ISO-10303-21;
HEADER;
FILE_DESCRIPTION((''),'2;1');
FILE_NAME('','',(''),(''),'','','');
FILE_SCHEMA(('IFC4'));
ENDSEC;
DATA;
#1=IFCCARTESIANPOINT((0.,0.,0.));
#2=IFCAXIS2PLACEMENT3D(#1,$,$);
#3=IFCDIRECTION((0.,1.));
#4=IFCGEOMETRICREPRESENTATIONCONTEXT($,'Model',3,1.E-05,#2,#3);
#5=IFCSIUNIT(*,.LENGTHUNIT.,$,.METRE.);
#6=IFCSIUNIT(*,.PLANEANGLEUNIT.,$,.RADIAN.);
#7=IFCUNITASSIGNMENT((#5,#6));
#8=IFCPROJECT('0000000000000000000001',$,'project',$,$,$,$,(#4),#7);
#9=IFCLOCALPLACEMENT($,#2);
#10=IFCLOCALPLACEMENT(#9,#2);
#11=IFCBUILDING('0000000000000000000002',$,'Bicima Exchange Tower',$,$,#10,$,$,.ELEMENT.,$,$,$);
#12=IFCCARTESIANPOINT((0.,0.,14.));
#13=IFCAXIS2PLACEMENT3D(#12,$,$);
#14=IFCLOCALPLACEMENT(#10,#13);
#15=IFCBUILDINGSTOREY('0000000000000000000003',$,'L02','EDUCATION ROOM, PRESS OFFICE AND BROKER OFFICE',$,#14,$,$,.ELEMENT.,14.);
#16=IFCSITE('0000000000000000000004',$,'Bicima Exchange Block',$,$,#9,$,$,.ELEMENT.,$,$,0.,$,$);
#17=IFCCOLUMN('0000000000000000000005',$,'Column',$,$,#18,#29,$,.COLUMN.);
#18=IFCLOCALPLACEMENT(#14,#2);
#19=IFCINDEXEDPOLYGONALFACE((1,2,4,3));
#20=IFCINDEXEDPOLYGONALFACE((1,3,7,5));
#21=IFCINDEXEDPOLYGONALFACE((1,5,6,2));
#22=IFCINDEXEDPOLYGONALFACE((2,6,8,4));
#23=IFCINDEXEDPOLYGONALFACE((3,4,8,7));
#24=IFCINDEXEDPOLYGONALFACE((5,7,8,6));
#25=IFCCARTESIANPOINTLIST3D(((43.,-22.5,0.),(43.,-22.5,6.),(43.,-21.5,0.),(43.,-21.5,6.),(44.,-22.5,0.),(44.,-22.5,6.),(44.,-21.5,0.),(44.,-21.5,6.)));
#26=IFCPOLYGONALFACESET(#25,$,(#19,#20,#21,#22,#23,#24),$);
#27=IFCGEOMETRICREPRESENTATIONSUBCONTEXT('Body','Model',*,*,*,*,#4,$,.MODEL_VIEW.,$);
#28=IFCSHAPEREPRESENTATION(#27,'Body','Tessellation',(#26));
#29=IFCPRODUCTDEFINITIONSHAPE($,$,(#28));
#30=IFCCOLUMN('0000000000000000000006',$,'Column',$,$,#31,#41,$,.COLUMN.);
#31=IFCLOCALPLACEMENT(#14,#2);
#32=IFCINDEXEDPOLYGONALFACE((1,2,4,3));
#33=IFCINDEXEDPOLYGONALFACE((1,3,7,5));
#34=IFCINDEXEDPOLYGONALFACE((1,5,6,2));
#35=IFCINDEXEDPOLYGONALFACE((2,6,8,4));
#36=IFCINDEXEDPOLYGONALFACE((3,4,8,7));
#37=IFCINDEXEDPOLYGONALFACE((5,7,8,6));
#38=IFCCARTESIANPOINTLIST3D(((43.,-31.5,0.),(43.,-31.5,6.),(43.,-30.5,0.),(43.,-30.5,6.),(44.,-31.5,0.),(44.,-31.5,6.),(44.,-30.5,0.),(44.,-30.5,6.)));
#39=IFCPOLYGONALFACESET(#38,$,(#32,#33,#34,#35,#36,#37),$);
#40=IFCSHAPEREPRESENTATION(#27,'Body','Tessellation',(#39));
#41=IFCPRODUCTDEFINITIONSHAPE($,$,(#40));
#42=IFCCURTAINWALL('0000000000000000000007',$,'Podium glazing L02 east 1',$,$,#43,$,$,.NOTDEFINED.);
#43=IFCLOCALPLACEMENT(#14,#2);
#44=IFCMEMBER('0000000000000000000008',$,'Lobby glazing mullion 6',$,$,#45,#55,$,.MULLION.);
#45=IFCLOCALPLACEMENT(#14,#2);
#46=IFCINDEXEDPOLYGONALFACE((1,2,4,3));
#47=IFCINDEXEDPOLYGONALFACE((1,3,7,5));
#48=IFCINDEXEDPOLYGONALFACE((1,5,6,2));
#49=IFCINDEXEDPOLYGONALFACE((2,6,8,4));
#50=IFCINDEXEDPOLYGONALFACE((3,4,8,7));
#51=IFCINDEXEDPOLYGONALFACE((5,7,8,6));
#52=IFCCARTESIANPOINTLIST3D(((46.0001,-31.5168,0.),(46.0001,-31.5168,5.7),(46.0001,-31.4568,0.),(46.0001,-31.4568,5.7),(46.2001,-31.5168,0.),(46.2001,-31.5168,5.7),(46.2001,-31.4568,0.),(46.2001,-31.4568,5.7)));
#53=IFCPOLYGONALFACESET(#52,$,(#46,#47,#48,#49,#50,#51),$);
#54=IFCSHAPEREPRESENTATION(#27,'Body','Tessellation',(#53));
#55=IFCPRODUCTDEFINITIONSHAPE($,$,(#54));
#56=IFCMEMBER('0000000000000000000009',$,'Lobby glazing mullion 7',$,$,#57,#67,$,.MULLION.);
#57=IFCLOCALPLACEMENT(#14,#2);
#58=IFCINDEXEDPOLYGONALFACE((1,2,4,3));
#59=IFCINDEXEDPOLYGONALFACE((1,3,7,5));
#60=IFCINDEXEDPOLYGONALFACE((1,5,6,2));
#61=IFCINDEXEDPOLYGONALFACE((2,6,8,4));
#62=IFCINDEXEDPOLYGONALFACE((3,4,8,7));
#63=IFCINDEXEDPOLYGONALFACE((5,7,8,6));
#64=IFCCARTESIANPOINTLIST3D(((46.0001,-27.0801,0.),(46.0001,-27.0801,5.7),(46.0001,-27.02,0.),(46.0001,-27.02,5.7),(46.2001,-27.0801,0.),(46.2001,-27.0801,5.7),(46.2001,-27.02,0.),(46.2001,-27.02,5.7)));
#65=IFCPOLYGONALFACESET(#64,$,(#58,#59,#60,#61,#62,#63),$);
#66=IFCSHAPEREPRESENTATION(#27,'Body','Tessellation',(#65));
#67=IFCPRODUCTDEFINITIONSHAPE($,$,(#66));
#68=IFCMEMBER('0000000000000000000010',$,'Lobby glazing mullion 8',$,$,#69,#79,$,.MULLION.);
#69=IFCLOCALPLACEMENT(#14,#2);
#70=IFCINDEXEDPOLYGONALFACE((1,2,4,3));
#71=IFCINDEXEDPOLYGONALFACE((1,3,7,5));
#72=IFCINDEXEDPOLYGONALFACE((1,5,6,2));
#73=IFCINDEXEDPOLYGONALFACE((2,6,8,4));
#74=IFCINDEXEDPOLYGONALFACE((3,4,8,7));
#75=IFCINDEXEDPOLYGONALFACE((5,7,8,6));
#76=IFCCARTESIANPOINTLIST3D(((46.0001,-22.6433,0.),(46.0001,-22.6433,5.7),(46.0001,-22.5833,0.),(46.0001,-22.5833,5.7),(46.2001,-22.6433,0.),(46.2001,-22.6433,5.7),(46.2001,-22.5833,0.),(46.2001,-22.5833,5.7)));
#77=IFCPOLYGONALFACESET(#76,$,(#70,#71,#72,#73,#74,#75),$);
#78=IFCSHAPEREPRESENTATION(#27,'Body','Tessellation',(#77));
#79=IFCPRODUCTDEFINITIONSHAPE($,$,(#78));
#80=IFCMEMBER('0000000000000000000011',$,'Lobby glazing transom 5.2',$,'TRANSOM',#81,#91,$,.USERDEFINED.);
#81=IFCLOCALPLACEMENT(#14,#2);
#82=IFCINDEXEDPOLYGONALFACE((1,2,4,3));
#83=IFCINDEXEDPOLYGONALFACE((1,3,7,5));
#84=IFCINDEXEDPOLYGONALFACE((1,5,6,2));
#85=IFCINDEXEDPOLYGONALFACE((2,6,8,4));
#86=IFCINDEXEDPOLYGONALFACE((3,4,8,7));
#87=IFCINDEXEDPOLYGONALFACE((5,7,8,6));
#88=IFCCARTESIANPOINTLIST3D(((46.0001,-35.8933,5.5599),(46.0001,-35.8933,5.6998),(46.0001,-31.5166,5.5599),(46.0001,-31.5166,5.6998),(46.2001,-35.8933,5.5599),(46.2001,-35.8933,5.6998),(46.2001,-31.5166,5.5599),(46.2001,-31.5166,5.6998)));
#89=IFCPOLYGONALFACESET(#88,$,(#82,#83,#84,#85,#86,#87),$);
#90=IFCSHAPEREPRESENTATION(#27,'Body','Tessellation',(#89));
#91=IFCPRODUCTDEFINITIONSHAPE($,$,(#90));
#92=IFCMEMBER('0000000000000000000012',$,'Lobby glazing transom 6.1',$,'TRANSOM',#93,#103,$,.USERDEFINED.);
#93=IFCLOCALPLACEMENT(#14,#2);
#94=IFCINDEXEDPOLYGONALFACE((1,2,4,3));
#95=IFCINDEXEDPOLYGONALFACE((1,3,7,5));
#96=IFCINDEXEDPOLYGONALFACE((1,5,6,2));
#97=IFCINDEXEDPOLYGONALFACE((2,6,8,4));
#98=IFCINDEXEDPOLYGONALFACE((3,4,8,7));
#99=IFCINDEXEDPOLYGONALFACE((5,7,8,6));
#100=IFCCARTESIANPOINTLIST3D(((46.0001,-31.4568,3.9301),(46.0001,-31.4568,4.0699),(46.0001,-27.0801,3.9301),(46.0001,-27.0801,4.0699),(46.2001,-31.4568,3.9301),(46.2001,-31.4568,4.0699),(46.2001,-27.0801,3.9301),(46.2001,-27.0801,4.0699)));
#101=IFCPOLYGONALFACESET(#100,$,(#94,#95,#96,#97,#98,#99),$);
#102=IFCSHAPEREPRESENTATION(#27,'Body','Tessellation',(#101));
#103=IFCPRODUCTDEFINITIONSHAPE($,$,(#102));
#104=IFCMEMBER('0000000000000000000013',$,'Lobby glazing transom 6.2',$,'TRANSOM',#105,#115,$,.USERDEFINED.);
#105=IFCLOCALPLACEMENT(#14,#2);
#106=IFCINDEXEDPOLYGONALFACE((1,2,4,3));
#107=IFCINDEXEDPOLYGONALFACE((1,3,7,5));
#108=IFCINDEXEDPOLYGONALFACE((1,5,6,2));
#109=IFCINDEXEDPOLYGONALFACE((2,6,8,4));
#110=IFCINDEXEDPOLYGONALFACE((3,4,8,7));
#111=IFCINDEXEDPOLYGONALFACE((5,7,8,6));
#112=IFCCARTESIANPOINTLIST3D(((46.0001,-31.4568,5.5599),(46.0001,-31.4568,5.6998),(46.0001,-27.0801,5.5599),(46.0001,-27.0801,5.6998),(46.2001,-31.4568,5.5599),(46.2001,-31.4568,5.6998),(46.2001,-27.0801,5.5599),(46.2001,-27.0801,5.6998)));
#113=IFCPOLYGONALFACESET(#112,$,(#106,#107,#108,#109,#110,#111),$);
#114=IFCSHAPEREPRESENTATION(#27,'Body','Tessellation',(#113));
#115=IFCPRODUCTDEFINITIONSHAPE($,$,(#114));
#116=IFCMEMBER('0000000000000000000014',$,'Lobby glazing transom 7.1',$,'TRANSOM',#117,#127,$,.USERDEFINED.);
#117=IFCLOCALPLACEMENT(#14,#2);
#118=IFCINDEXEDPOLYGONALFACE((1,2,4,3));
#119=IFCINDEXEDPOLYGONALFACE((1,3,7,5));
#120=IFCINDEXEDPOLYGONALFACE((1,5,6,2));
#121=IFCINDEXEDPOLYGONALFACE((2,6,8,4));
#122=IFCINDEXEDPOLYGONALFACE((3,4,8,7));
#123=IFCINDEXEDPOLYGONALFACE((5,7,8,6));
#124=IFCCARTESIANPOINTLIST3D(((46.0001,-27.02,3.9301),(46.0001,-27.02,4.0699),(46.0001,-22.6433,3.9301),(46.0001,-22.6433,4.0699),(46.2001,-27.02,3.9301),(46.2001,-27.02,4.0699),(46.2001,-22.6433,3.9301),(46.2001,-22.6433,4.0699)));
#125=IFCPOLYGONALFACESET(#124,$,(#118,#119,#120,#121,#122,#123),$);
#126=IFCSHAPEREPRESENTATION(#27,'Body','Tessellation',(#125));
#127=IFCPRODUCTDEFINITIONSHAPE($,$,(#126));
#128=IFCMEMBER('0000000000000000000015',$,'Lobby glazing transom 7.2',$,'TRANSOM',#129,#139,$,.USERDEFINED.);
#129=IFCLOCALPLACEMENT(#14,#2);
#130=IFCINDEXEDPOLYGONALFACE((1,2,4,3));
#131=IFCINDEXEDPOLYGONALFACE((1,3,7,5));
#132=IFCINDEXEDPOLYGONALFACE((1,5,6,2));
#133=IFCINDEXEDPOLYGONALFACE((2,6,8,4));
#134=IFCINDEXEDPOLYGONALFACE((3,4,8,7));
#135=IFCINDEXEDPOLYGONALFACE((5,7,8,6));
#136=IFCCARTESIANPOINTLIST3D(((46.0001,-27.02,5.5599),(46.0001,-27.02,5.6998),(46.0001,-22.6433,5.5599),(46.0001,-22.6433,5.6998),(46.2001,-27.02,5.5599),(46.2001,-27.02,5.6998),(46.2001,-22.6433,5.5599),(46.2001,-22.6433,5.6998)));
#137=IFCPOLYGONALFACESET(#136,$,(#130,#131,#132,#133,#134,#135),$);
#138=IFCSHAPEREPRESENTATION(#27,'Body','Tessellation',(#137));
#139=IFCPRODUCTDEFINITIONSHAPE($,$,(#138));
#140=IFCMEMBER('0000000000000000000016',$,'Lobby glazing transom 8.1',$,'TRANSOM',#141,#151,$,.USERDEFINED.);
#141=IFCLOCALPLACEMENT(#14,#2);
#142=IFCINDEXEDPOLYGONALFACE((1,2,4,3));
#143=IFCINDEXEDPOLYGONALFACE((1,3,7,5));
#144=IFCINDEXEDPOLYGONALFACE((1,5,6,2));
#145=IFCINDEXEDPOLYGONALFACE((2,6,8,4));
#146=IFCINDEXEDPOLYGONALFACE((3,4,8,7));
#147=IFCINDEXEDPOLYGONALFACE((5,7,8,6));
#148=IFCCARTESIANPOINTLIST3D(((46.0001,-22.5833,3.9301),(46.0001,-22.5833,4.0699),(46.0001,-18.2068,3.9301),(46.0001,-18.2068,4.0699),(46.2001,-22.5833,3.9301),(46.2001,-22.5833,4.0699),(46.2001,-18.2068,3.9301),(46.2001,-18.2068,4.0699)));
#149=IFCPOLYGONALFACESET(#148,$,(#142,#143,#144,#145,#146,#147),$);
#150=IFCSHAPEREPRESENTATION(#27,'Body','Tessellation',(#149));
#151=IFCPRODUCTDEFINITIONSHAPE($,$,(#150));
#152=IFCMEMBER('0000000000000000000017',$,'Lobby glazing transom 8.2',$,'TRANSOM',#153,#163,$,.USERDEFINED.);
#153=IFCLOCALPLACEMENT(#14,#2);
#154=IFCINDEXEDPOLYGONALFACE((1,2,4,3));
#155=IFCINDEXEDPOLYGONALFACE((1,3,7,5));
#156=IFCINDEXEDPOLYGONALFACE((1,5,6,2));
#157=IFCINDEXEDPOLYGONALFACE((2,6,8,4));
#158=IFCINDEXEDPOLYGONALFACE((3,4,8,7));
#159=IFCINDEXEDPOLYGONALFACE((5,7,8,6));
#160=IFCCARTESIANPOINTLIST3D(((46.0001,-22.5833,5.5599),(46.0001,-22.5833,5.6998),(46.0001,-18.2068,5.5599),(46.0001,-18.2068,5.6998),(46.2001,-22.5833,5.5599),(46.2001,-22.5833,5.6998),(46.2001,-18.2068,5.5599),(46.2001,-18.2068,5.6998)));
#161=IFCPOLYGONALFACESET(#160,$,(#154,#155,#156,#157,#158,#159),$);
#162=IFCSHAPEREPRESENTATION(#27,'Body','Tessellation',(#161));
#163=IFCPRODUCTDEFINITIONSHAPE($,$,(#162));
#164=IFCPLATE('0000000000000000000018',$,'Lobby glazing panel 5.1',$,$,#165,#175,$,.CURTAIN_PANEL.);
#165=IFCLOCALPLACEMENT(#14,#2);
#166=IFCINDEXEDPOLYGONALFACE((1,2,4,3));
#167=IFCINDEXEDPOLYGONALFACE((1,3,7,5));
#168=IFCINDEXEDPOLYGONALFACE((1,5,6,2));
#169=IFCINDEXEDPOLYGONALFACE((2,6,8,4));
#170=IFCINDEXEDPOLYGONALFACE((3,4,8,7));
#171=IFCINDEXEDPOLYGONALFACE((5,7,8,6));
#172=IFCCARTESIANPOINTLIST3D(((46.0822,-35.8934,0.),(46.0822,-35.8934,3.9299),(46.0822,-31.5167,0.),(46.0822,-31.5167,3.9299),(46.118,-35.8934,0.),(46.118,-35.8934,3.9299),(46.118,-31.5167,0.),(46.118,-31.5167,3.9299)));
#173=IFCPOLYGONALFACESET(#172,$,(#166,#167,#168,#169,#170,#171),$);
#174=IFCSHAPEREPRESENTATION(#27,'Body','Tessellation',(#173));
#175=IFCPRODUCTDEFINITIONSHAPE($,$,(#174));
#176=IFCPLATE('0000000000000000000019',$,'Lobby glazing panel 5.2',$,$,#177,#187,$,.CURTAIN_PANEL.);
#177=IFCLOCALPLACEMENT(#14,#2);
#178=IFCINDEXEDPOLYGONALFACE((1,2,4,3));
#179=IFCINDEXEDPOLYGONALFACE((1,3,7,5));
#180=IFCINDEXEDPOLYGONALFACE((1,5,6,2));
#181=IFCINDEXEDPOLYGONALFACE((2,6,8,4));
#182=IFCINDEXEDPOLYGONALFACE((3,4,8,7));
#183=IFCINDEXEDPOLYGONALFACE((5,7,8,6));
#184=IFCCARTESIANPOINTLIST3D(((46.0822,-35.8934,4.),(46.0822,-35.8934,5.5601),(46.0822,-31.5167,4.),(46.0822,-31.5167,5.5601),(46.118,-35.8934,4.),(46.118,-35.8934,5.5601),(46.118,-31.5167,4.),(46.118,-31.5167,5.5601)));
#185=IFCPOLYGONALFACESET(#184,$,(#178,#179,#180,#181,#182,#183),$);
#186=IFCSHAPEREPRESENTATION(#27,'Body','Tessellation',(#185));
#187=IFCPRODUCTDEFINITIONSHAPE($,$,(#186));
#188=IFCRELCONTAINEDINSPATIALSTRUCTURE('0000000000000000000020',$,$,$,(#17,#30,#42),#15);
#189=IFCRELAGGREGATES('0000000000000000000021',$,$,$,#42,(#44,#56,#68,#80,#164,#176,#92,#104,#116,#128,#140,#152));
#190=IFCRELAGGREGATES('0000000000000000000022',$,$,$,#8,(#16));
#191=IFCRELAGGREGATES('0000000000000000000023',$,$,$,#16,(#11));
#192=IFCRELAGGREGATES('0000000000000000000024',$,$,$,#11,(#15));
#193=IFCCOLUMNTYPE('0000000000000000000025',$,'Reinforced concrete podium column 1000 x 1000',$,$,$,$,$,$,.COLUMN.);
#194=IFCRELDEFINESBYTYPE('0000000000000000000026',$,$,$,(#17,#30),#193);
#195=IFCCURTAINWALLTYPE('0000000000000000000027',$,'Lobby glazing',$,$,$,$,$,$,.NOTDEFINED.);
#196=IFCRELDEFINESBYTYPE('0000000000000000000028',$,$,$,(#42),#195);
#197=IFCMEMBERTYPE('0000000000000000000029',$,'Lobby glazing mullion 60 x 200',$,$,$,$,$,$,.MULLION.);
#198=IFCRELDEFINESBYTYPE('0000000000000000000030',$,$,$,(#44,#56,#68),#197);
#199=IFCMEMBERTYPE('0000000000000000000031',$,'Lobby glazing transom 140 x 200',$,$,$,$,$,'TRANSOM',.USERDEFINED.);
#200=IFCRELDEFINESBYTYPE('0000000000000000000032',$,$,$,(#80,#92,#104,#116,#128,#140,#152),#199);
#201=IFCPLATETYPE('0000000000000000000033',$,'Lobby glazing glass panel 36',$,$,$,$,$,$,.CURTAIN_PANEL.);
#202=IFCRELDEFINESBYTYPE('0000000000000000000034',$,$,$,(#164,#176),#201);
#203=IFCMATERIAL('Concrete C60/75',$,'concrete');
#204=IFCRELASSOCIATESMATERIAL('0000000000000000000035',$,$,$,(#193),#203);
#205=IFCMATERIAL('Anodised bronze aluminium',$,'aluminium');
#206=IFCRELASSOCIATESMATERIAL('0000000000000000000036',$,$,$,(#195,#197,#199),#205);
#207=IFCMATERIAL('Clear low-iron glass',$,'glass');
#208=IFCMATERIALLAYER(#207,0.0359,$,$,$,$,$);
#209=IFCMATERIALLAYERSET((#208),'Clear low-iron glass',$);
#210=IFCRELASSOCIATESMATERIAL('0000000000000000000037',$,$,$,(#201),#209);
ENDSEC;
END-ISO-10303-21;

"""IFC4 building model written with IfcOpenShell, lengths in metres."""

from ifc_helpers import new_model, si_unit, direction, frame, origin, origin_2d, place, context, subcontext, project, spatial, rectangle, extrude, material, layer, layer_set, material_profile, profile_set, type_object, element, aggregate, save


model = new_model("IFC4")

# Units and contexts
model_context = context("Model", 3, precision=1e-05, world=origin(), true_north=direction((0.0, 1.0)))
body_context = subcontext(model_context, "Body", "Model", "MODEL_VIEW")
ifc_project = project(units=[si_unit("LENGTHUNIT", "METRE"), si_unit("PLANEANGLEUNIT", "RADIAN")], contexts=[model_context])

# Site, building, storey
site_placement = place(None, origin())
site = spatial("IfcSite", under=ifc_project, at=site_placement, Name="Bicima Exchange Block", CompositionType="ELEMENT", RefElevation=0.0)
building_placement = place(site_placement, origin())
building = spatial("IfcBuilding", under=site, at=building_placement, Name="Bicima Exchange Tower", CompositionType="ELEMENT")
storey_placement = place(building_placement, frame((0.0, 0.0, 14.0)))
storey = spatial("IfcBuildingStorey", under=building, at=storey_placement, Name="L02", Description="EDUCATION ROOM, PRESS OFFICE AND BROKER OFFICE", CompositionType="ELEMENT", Elevation=14.0)

# Columns
ifc_material_1 = material(Name="Concrete C60/75", Category="concrete")
ifc_material_profile_1 = material_profile(ifc_material_1, rectangle(XDim=1.0, YDim=1.0, at=origin_2d()))
ifc_profile_set_1 = profile_set([ifc_material_profile_1], Name="Concrete C60/75")
column_type = type_object("IfcColumnType", Name="Reinforced concrete podium column 1000 x 1000", PredefinedType="COLUMN", material=ifc_profile_set_1)
for number, where, z_axis, x_axis, name in (
    (1, (43.5, -22.0, 0.0), (0.0, 0.0, 1.0), (1.0, 0.0, 0.0), "Column"),
    (2, (43.5, -31.0, 0.0), (0.0, 0.0, 1.0), (1.0, 0.0, 0.0), "Column"),
):
    element("IfcColumn", number, at=place(storey_placement, frame(where, z_axis=z_axis, x_axis=x_axis)), inside=storey, type_object=column_type, Name=name, PredefinedType="COLUMN", context=body_context, shape_type="SweptSolid", body=[
        extrude(rectangle(XDim=1.0, YDim=1.0, at=origin_2d()), origin(), (0.0, 0.0, 1.0), 6.0),
    ])

# Curtain wall, members, plates
ifc_material_2 = material(Name="Anodised bronze aluminium", Category="aluminium")
curtain_wall_type = type_object("IfcCurtainWallType", Name="Lobby glazing", PredefinedType="NOTDEFINED", material=ifc_material_2)
curtain_wall_placement = place(storey_placement, origin())
curtain_wall = element("IfcCurtainWall", 3, at=curtain_wall_placement, inside=storey, type_object=curtain_wall_type, Name="Podium glazing L02 east 1", PredefinedType="NOTDEFINED")
ifc_material_profile_2 = material_profile(ifc_material_2, rectangle(XDim=0.2, YDim=0.0601, at=origin_2d()))
ifc_profile_set_2 = profile_set([ifc_material_profile_2], Name="Anodised bronze aluminium")
member_type_1 = type_object("IfcMemberType", Name="Lobby glazing mullion 60 x 200", PredefinedType="MULLION", material=ifc_profile_set_2)
member_1_placement = place(storey_placement, frame((46.1001, -31.4868, 0.0), z_axis=(0.0, 0.0, 1.0), x_axis=(-1.0, 0.0, 0.0)))
member_1 = element("IfcMember", 4, at=member_1_placement, type_object=member_type_1, Name="Lobby glazing mullion 6", PredefinedType="MULLION", context=body_context, shape_type="SweptSolid", body=[
    extrude(rectangle(XDim=0.2, YDim=0.0601, at=origin_2d()), origin(), (0.0, 0.0, 1.0), 5.7),
])
member_2_placement = place(storey_placement, frame((46.1001, -27.05, 0.0), z_axis=(0.0, 0.0, 1.0), x_axis=(-1.0, 0.0, 0.0)))
member_2 = element("IfcMember", 5, at=member_2_placement, type_object=member_type_1, Name="Lobby glazing mullion 7", PredefinedType="MULLION", context=body_context, shape_type="SweptSolid", body=[
    extrude(rectangle(XDim=0.2, YDim=0.0601, at=origin_2d()), origin(), (0.0, 0.0, 1.0), 5.7),
])
member_3_placement = place(storey_placement, frame((46.1001, -22.6133, 0.0), z_axis=(0.0, 0.0, 1.0), x_axis=(-1.0, 0.0, 0.0)))
member_3 = element("IfcMember", 6, at=member_3_placement, type_object=member_type_1, Name="Lobby glazing mullion 8", PredefinedType="MULLION", context=body_context, shape_type="SweptSolid", body=[
    extrude(rectangle(XDim=0.2, YDim=0.0601, at=origin_2d()), origin(), (0.0, 0.0, 1.0), 5.7),
])
ifc_material_profile_3 = material_profile(ifc_material_2, rectangle(XDim=0.2, YDim=0.1399, at=origin_2d()))
ifc_profile_set_3 = profile_set([ifc_material_profile_3], Name="Anodised bronze aluminium")
member_type_2 = type_object("IfcMemberType", Name="Lobby glazing transom 140 x 200", ElementType="TRANSOM", PredefinedType="USERDEFINED", material=ifc_profile_set_3)
member_4_placement = place(storey_placement, frame((46.1001, -35.8933, 5.6299), z_axis=(0.0, 1.0, 0.0), x_axis=(-1.0, 0.0, 0.0)))
member_4 = element("IfcMember", 7, at=member_4_placement, type_object=member_type_2, Name="Lobby glazing transom 5.2", ObjectType="TRANSOM", PredefinedType="USERDEFINED", context=body_context, shape_type="SweptSolid", body=[
    extrude(rectangle(XDim=0.2, YDim=0.1399, at=origin_2d()), origin(), (0.0, 0.0, 1.0), 4.3767),
])
member_5_placement = place(storey_placement, frame((46.1001, -31.4568, 4.0), z_axis=(0.0, 1.0, 0.0), x_axis=(-1.0, 0.0, 0.0)))
member_5 = element("IfcMember", 8, at=member_5_placement, type_object=member_type_2, Name="Lobby glazing transom 6.1", ObjectType="TRANSOM", PredefinedType="USERDEFINED", context=body_context, shape_type="SweptSolid", body=[
    extrude(rectangle(XDim=0.2, YDim=0.1399, at=origin_2d()), origin(), (0.0, 0.0, 1.0), 4.3767),
])
member_6_placement = place(storey_placement, frame((46.1001, -31.4568, 5.6299), z_axis=(0.0, 1.0, 0.0), x_axis=(-1.0, 0.0, 0.0)))
member_6 = element("IfcMember", 9, at=member_6_placement, type_object=member_type_2, Name="Lobby glazing transom 6.2", ObjectType="TRANSOM", PredefinedType="USERDEFINED", context=body_context, shape_type="SweptSolid", body=[
    extrude(rectangle(XDim=0.2, YDim=0.1399, at=origin_2d()), origin(), (0.0, 0.0, 1.0), 4.3767),
])
member_7_placement = place(storey_placement, frame((46.1001, -27.02, 4.0), z_axis=(0.0, 1.0, 0.0), x_axis=(-1.0, 0.0, 0.0)))
member_7 = element("IfcMember", 10, at=member_7_placement, type_object=member_type_2, Name="Lobby glazing transom 7.1", ObjectType="TRANSOM", PredefinedType="USERDEFINED", context=body_context, shape_type="SweptSolid", body=[
    extrude(rectangle(XDim=0.2, YDim=0.1399, at=origin_2d()), origin(), (0.0, 0.0, 1.0), 4.3767),
])
member_8_placement = place(storey_placement, frame((46.1001, -27.02, 5.6299), z_axis=(0.0, 1.0, 0.0), x_axis=(-1.0, 0.0, 0.0)))
member_8 = element("IfcMember", 11, at=member_8_placement, type_object=member_type_2, Name="Lobby glazing transom 7.2", ObjectType="TRANSOM", PredefinedType="USERDEFINED", context=body_context, shape_type="SweptSolid", body=[
    extrude(rectangle(XDim=0.2, YDim=0.1399, at=origin_2d()), origin(), (0.0, 0.0, 1.0), 4.3767),
])
member_9_placement = place(storey_placement, frame((46.1001, -22.5833, 4.0), z_axis=(0.0, 1.0, 0.0), x_axis=(-1.0, 0.0, 0.0)))
member_9 = element("IfcMember", 12, at=member_9_placement, type_object=member_type_2, Name="Lobby glazing transom 8.1", ObjectType="TRANSOM", PredefinedType="USERDEFINED", context=body_context, shape_type="SweptSolid", body=[
    extrude(rectangle(XDim=0.2, YDim=0.1399, at=origin_2d()), origin(), (0.0, 0.0, 1.0), 4.3765),
])
member_10_placement = place(storey_placement, frame((46.1001, -22.5833, 5.6299), z_axis=(0.0, 1.0, 0.0), x_axis=(-1.0, 0.0, 0.0)))
member_10 = element("IfcMember", 13, at=member_10_placement, type_object=member_type_2, Name="Lobby glazing transom 8.2", ObjectType="TRANSOM", PredefinedType="USERDEFINED", context=body_context, shape_type="SweptSolid", body=[
    extrude(rectangle(XDim=0.2, YDim=0.1399, at=origin_2d()), origin(), (0.0, 0.0, 1.0), 4.3765),
])
ifc_material_3 = material(Name="Clear low-iron glass", Category="glass")
ifc_layer_1 = layer(ifc_material_3, 0.0359)
ifc_layer_set_1 = layer_set([ifc_layer_1], Name="Clear low-iron glass")
plate_type = type_object("IfcPlateType", Name="Lobby glazing glass panel 36", PredefinedType="CURTAIN_PANEL", material=ifc_layer_set_1)
plate_1_placement = place(storey_placement, frame((46.1001, -33.7051, 0.0), z_axis=(0.0, 0.0, 1.0), x_axis=(0.0, 1.0, 0.0)))
plate_1 = element("IfcPlate", 14, at=plate_1_placement, type_object=plate_type, Name="Lobby glazing panel 5.1", PredefinedType="CURTAIN_PANEL", context=body_context, shape_type="SweptSolid", body=[
    extrude(rectangle(XDim=4.3767, YDim=0.0359, at=origin_2d()), origin(), (0.0, 0.0, 1.0), 3.9299),
])
plate_2_placement = place(storey_placement, frame((46.1001, -33.7051, 4.0), z_axis=(0.0, 0.0, 1.0), x_axis=(0.0, 1.0, 0.0)))
plate_2 = element("IfcPlate", 15, at=plate_2_placement, type_object=plate_type, Name="Lobby glazing panel 5.2", PredefinedType="CURTAIN_PANEL", context=body_context, shape_type="SweptSolid", body=[
    extrude(rectangle(XDim=4.3767, YDim=0.0359, at=origin_2d()), origin(), (0.0, 0.0, 1.0), 1.5601),
])
aggregate(curtain_wall, [member_1, member_2, member_3, member_4, plate_1, plate_2, member_5, member_6, member_7, member_8, member_9, member_10])

save(model, "model.ifc")
